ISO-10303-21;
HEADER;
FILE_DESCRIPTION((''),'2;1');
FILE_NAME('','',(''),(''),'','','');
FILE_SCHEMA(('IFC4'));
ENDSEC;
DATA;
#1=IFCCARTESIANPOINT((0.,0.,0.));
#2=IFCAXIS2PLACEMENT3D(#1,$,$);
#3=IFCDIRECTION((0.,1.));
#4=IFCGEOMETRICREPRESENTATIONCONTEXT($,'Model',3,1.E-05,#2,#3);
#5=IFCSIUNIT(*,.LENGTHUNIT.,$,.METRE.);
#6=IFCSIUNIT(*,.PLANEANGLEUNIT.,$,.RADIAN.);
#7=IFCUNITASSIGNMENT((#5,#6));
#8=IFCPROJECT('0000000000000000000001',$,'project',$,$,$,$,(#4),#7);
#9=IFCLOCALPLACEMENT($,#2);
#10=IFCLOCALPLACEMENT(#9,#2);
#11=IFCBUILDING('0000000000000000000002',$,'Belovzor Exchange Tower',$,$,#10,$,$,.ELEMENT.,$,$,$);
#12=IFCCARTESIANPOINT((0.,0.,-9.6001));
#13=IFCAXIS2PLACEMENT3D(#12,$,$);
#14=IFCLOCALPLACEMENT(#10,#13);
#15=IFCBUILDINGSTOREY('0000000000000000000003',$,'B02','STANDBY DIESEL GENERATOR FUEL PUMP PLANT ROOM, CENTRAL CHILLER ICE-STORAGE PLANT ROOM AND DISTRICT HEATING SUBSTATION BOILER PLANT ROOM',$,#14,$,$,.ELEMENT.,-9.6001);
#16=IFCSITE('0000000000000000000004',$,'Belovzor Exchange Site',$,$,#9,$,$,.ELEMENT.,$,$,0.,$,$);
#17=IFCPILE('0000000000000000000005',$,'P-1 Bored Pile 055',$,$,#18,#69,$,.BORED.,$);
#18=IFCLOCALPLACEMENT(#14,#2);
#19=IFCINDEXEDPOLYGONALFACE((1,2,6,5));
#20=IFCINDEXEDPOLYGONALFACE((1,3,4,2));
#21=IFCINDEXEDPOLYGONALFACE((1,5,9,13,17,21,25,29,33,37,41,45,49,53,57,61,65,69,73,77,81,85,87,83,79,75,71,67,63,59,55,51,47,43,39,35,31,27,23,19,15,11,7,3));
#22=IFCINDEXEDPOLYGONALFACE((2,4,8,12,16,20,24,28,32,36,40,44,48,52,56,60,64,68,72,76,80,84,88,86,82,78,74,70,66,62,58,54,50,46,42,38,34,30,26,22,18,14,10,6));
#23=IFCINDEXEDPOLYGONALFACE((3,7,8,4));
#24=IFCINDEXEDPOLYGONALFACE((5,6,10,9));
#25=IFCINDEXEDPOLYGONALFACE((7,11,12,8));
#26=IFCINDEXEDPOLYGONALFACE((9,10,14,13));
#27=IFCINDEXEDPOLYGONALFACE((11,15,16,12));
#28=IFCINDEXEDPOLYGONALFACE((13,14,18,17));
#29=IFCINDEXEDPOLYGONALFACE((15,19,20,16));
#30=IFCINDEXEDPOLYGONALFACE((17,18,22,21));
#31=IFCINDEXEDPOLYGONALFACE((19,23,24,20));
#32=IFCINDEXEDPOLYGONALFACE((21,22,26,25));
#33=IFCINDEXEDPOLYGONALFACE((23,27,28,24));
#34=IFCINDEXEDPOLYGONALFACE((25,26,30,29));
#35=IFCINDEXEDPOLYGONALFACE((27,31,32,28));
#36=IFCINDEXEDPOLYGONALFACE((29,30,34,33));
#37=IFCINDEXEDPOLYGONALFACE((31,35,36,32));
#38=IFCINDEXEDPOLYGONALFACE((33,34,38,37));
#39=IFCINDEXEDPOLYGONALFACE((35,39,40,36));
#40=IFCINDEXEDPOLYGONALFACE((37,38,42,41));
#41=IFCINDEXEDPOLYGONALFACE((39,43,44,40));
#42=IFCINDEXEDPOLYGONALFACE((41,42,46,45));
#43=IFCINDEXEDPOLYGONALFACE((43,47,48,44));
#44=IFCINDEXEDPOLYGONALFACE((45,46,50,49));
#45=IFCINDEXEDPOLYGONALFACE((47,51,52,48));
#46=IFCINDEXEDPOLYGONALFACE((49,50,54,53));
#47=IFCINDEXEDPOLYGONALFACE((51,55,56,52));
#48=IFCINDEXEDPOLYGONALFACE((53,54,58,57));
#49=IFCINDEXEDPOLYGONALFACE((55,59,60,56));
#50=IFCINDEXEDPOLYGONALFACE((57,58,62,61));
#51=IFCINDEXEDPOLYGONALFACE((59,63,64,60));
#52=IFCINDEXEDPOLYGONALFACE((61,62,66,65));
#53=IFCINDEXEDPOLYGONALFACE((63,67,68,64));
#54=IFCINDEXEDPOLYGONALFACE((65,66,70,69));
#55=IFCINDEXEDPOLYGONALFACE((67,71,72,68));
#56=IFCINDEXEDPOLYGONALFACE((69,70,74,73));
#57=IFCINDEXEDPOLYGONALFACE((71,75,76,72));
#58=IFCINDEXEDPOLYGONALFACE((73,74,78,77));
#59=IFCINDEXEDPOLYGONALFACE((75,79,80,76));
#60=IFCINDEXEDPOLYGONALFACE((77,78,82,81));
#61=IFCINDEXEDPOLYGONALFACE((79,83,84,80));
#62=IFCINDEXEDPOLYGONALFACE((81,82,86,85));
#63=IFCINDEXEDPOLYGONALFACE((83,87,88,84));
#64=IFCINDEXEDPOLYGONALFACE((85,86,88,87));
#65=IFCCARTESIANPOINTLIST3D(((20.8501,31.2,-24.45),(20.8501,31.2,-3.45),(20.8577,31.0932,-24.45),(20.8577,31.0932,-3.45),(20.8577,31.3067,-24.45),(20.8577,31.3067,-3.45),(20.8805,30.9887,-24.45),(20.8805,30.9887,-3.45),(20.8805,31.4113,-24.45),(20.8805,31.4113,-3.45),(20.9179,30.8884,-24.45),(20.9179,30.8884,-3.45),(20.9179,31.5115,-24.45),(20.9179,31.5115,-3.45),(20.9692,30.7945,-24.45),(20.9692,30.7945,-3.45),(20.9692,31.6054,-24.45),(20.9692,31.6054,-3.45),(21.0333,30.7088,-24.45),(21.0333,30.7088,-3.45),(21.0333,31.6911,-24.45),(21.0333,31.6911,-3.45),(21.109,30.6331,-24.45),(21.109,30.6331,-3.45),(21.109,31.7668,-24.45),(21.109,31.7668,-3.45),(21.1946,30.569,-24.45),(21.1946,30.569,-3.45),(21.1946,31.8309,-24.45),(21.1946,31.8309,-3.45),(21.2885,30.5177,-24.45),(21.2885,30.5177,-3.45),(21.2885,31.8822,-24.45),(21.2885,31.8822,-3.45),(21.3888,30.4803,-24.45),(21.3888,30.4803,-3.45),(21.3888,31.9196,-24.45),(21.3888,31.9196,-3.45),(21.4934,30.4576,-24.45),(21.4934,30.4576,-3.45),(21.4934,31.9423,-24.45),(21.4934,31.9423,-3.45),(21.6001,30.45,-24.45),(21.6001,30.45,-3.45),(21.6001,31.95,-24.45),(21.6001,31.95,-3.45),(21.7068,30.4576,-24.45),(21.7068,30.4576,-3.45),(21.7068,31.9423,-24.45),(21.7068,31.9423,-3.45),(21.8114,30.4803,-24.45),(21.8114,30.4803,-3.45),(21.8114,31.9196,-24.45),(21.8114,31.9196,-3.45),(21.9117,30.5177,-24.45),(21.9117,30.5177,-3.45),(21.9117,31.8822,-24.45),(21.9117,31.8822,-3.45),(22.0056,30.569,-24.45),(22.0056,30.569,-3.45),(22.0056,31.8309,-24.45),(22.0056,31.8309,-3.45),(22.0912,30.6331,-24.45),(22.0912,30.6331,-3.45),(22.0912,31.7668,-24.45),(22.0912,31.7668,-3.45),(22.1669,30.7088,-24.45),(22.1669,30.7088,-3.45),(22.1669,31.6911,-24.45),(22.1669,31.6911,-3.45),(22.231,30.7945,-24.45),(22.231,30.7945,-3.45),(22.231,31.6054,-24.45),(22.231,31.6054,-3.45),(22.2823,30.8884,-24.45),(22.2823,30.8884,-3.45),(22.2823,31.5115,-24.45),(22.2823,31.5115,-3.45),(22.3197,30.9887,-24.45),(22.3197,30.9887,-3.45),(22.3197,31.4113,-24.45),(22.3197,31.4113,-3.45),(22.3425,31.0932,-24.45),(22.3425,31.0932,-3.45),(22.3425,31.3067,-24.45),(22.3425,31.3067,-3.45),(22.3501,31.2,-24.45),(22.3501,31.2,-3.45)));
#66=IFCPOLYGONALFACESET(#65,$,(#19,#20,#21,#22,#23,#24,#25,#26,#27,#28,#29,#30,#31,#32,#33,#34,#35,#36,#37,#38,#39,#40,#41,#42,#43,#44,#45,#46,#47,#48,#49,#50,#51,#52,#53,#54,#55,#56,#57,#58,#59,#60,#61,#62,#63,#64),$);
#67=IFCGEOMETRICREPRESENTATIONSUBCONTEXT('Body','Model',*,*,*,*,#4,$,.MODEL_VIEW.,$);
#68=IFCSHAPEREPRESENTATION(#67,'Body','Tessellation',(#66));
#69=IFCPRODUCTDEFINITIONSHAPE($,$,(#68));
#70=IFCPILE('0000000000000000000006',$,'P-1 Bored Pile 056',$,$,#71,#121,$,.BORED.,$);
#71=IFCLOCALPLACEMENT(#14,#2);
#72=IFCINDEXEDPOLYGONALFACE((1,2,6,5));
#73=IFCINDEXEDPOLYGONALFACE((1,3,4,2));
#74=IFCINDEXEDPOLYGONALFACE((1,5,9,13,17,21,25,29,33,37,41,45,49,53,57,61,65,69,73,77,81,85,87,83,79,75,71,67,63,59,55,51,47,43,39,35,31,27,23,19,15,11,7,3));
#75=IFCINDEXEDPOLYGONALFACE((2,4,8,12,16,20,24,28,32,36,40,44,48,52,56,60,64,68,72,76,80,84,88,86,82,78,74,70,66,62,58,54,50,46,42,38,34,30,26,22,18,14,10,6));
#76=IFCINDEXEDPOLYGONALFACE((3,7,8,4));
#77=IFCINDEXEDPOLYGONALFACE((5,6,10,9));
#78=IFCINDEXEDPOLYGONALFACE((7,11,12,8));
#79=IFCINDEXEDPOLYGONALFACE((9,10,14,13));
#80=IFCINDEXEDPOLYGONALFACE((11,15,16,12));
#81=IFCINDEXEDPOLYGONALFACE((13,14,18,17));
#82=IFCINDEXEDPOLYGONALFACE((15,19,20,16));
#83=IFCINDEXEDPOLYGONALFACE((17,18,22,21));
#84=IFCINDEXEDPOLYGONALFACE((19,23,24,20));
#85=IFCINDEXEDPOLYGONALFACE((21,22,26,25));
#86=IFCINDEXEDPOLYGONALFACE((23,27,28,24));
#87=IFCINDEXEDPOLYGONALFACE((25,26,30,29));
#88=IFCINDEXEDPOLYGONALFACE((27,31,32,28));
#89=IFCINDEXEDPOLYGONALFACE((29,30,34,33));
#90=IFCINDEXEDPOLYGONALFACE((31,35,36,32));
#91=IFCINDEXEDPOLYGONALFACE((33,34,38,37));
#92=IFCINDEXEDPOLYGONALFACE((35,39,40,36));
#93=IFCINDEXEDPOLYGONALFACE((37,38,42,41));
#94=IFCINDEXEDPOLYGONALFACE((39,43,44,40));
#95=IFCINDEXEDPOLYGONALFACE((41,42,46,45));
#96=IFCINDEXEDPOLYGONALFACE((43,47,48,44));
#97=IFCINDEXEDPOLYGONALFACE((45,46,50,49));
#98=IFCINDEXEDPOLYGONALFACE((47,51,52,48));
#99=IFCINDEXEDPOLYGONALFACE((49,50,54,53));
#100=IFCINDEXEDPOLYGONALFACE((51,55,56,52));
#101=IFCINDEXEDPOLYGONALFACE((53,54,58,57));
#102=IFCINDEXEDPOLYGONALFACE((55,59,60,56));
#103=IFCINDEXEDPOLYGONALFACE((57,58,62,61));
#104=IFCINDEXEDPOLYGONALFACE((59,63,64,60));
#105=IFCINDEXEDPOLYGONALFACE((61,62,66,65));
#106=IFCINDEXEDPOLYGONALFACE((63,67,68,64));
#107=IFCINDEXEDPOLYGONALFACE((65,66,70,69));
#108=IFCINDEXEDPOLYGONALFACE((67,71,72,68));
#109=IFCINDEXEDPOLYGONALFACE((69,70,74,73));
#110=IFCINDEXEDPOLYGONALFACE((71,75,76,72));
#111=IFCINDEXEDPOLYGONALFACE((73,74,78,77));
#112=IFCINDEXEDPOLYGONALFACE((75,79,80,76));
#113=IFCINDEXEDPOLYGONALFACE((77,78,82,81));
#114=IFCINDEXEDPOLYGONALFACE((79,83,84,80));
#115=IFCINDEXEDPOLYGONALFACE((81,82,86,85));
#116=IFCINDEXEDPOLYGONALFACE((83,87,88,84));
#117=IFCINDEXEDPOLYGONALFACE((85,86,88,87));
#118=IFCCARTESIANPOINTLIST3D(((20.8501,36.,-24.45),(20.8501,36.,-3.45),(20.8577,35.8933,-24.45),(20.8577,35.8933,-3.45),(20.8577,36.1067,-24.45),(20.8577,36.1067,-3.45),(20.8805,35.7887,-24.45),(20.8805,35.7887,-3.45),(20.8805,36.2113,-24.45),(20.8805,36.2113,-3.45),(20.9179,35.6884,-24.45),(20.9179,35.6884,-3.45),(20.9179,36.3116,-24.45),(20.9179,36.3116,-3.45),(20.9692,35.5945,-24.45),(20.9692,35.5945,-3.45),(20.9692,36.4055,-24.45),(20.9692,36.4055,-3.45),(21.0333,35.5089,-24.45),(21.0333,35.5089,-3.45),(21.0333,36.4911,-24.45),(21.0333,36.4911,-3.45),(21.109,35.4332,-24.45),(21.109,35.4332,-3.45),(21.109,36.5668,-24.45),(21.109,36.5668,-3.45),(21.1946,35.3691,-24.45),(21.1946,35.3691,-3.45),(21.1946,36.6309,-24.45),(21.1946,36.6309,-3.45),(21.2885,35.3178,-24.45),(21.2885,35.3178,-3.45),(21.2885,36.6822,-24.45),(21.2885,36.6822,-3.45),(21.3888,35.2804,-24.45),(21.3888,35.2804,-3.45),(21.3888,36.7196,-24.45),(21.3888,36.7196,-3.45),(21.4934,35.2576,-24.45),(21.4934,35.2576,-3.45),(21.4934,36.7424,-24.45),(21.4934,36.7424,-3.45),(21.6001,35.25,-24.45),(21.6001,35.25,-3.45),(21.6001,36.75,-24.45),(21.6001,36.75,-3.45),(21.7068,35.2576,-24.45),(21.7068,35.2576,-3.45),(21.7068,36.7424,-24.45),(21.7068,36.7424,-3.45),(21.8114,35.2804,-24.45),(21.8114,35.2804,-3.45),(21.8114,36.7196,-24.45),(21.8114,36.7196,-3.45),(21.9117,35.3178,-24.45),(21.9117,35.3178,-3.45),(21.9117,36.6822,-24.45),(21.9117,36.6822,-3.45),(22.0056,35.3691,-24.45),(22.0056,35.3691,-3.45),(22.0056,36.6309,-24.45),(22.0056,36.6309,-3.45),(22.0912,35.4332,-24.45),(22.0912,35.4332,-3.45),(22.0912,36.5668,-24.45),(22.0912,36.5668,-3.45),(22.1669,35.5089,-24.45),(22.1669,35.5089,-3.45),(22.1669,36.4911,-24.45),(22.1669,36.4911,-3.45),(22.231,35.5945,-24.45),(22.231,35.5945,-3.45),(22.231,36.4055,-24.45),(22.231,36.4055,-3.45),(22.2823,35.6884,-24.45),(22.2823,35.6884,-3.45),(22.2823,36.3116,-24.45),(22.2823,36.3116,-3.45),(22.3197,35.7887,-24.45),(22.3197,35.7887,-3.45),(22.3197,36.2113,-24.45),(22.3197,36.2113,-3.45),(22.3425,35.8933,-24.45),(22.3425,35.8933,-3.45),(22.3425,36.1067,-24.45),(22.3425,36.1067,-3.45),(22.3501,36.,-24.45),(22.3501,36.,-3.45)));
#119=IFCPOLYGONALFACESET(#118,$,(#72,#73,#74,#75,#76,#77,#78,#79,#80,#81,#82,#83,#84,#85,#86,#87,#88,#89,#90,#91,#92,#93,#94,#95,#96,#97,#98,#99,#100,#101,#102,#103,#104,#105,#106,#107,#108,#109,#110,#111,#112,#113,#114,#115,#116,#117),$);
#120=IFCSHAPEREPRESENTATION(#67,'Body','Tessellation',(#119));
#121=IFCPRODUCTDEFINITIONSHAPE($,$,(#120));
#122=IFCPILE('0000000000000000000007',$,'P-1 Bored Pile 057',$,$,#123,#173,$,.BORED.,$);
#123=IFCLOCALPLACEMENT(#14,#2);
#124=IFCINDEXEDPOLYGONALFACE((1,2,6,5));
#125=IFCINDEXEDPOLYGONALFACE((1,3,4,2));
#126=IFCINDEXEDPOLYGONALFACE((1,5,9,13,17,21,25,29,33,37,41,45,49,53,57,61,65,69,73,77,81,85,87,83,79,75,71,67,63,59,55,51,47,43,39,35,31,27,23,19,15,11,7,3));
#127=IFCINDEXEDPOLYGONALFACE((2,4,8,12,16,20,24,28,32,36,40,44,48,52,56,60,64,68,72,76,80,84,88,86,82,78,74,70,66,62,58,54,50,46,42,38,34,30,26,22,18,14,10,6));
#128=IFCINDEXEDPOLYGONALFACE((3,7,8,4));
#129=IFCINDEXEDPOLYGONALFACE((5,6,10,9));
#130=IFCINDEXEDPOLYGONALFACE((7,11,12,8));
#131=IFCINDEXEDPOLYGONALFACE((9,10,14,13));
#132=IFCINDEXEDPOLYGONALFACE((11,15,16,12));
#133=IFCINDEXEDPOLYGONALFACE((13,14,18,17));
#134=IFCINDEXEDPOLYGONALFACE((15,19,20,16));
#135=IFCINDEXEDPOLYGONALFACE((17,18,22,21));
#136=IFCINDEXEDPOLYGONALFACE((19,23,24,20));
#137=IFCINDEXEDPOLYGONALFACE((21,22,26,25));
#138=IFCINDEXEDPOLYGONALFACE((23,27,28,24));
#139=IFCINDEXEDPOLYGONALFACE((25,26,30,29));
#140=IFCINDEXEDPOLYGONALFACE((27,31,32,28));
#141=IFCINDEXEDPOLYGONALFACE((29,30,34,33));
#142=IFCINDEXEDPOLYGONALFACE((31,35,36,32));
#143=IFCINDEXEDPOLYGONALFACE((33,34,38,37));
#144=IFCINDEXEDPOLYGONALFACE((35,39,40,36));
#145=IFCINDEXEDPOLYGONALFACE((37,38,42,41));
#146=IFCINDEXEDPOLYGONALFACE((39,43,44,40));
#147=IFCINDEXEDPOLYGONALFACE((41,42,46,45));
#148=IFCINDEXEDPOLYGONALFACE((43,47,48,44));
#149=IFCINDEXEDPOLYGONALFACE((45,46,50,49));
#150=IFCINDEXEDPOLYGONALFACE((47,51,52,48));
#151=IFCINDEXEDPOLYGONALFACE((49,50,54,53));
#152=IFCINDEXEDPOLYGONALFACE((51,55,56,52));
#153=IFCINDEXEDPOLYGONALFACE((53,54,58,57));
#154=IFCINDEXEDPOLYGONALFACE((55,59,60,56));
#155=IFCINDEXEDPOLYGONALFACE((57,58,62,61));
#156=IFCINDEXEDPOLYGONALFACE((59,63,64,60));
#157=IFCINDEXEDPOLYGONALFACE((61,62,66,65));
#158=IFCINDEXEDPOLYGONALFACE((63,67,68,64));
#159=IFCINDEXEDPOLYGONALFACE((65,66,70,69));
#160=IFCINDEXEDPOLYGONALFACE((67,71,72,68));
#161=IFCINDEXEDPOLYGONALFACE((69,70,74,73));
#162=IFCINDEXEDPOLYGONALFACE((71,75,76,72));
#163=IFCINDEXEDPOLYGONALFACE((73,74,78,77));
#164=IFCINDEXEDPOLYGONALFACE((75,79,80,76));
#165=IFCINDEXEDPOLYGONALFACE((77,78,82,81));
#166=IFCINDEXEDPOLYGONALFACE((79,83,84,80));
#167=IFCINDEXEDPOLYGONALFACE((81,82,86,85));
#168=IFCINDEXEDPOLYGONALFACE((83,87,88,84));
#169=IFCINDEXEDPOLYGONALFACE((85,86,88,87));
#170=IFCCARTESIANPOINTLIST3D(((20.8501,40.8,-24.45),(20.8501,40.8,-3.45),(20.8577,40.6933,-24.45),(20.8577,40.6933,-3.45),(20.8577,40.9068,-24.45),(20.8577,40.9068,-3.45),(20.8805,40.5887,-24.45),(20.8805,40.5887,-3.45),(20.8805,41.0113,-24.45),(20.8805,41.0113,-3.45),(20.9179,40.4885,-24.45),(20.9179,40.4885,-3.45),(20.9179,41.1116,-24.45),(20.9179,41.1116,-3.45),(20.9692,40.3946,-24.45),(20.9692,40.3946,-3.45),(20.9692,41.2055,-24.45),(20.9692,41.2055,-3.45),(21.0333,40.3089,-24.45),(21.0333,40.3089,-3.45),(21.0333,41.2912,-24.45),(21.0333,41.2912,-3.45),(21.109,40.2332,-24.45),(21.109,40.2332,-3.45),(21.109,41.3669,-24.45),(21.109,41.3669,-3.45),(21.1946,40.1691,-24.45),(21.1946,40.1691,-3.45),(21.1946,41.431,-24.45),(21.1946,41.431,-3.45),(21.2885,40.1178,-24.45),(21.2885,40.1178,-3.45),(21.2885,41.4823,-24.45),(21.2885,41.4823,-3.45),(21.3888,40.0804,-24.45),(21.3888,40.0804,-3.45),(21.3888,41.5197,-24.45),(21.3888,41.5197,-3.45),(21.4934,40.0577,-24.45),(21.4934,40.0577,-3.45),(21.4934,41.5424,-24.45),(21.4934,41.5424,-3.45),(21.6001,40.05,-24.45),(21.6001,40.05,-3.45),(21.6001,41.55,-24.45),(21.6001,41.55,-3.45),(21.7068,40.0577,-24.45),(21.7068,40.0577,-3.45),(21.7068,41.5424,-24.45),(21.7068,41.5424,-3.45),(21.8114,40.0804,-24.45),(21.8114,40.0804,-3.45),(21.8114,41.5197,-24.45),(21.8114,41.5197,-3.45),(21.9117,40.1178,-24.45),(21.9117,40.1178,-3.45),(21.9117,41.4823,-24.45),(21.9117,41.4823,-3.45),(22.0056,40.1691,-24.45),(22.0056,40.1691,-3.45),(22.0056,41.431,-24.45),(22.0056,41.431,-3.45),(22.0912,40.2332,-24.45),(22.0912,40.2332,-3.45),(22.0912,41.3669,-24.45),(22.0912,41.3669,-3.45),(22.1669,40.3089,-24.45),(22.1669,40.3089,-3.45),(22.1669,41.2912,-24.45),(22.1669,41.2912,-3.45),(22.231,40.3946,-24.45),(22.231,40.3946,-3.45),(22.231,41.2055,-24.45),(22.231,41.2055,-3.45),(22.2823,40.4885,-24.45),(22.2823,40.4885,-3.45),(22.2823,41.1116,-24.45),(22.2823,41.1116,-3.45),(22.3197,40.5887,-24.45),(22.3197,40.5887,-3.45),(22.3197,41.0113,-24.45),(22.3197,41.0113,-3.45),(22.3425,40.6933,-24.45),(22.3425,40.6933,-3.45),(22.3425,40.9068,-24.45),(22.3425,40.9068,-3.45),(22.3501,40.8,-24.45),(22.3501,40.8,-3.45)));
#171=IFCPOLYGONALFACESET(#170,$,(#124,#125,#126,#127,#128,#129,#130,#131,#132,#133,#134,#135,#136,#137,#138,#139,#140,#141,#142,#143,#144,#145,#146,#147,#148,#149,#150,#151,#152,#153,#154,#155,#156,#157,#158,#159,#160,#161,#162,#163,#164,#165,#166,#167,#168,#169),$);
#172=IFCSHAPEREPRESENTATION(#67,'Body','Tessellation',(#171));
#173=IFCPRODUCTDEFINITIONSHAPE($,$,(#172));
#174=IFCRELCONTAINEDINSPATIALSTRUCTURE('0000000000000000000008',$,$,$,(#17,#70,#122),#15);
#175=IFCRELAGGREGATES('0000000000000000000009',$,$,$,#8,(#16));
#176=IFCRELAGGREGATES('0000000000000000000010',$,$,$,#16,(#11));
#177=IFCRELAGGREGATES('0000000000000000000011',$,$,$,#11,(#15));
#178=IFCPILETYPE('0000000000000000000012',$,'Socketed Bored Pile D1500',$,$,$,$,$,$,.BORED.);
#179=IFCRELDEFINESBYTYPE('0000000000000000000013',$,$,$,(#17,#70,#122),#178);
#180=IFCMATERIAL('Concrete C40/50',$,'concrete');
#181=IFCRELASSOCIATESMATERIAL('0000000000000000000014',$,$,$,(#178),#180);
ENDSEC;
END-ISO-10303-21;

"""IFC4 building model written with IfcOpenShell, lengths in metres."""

from ifc_helpers import new_model, si_unit, direction, frame, origin, origin_2d, place, context, subcontext, project, spatial, circle, extrude, material, material_profile, profile_set, type_object, element, save


model = new_model("IFC4")

# Units and contexts
model_context = context("Model", 3, precision=1e-05, world=origin(), true_north=direction((0.0, 1.0)))
body_context = subcontext(model_context, "Body", "Model", "MODEL_VIEW")
ifc_project = project(units=[si_unit("LENGTHUNIT", "METRE"), si_unit("PLANEANGLEUNIT", "RADIAN")], contexts=[model_context])

# Site, building, storey
site_placement = place(None, origin())
site = spatial("IfcSite", under=ifc_project, at=site_placement, Name="Belovzor Exchange Site", CompositionType="ELEMENT", RefElevation=0.0)
building_placement = place(site_placement, origin())
building = spatial("IfcBuilding", under=site, at=building_placement, Name="Belovzor Exchange Tower", CompositionType="ELEMENT")
storey_placement = place(building_placement, frame((0.0, 0.0, -9.6001)))
storey = spatial("IfcBuildingStorey", under=building, at=storey_placement, Name="B02", Description="STANDBY DIESEL GENERATOR FUEL PUMP PLANT ROOM, CENTRAL CHILLER ICE-STORAGE PLANT ROOM AND DISTRICT HEATING SUBSTATION BOILER PLANT ROOM", CompositionType="ELEMENT", Elevation=-9.6001)

# Piles
ifc_material_1 = material(Name="Concrete C40/50", Category="concrete")
ifc_material_profile_1 = material_profile(ifc_material_1, circle(Radius=0.75, at=origin_2d()))
ifc_profile_set_1 = profile_set([ifc_material_profile_1], Name="Concrete C40/50")
pile_type_1 = type_object("IfcPileType", Name="Socketed Bored Pile D1500", PredefinedType="BORED", material=ifc_profile_set_1)
for number, where, z_axis, x_axis, name in (
    (1, (21.6001, 31.2, -3.45), (0.0, 0.0, -1.0), (1.0, 0.0, 0.0), "P-1 Bored Pile 055"),
    (2, (21.6001, 36.0, -3.45), (0.0, 0.0, -1.0), (1.0, 0.0, 0.0), "P-1 Bored Pile 056"),
    (3, (21.6001, 40.8, -3.45), (0.0, 0.0, -1.0), (1.0, 0.0, 0.0), "P-1 Bored Pile 057"),
):
    element("IfcPile", number, at=place(storey_placement, frame(where, z_axis=z_axis, x_axis=x_axis)), inside=storey, type_object=pile_type_1, Name=name, PredefinedType="BORED", context=body_context, shape_type="SweptSolid", body=[
        extrude(circle(Radius=0.75, at=origin_2d()), origin(), (0.0, 0.0, 1.0), 21.0),
    ])

save(model, "model.ifc")
